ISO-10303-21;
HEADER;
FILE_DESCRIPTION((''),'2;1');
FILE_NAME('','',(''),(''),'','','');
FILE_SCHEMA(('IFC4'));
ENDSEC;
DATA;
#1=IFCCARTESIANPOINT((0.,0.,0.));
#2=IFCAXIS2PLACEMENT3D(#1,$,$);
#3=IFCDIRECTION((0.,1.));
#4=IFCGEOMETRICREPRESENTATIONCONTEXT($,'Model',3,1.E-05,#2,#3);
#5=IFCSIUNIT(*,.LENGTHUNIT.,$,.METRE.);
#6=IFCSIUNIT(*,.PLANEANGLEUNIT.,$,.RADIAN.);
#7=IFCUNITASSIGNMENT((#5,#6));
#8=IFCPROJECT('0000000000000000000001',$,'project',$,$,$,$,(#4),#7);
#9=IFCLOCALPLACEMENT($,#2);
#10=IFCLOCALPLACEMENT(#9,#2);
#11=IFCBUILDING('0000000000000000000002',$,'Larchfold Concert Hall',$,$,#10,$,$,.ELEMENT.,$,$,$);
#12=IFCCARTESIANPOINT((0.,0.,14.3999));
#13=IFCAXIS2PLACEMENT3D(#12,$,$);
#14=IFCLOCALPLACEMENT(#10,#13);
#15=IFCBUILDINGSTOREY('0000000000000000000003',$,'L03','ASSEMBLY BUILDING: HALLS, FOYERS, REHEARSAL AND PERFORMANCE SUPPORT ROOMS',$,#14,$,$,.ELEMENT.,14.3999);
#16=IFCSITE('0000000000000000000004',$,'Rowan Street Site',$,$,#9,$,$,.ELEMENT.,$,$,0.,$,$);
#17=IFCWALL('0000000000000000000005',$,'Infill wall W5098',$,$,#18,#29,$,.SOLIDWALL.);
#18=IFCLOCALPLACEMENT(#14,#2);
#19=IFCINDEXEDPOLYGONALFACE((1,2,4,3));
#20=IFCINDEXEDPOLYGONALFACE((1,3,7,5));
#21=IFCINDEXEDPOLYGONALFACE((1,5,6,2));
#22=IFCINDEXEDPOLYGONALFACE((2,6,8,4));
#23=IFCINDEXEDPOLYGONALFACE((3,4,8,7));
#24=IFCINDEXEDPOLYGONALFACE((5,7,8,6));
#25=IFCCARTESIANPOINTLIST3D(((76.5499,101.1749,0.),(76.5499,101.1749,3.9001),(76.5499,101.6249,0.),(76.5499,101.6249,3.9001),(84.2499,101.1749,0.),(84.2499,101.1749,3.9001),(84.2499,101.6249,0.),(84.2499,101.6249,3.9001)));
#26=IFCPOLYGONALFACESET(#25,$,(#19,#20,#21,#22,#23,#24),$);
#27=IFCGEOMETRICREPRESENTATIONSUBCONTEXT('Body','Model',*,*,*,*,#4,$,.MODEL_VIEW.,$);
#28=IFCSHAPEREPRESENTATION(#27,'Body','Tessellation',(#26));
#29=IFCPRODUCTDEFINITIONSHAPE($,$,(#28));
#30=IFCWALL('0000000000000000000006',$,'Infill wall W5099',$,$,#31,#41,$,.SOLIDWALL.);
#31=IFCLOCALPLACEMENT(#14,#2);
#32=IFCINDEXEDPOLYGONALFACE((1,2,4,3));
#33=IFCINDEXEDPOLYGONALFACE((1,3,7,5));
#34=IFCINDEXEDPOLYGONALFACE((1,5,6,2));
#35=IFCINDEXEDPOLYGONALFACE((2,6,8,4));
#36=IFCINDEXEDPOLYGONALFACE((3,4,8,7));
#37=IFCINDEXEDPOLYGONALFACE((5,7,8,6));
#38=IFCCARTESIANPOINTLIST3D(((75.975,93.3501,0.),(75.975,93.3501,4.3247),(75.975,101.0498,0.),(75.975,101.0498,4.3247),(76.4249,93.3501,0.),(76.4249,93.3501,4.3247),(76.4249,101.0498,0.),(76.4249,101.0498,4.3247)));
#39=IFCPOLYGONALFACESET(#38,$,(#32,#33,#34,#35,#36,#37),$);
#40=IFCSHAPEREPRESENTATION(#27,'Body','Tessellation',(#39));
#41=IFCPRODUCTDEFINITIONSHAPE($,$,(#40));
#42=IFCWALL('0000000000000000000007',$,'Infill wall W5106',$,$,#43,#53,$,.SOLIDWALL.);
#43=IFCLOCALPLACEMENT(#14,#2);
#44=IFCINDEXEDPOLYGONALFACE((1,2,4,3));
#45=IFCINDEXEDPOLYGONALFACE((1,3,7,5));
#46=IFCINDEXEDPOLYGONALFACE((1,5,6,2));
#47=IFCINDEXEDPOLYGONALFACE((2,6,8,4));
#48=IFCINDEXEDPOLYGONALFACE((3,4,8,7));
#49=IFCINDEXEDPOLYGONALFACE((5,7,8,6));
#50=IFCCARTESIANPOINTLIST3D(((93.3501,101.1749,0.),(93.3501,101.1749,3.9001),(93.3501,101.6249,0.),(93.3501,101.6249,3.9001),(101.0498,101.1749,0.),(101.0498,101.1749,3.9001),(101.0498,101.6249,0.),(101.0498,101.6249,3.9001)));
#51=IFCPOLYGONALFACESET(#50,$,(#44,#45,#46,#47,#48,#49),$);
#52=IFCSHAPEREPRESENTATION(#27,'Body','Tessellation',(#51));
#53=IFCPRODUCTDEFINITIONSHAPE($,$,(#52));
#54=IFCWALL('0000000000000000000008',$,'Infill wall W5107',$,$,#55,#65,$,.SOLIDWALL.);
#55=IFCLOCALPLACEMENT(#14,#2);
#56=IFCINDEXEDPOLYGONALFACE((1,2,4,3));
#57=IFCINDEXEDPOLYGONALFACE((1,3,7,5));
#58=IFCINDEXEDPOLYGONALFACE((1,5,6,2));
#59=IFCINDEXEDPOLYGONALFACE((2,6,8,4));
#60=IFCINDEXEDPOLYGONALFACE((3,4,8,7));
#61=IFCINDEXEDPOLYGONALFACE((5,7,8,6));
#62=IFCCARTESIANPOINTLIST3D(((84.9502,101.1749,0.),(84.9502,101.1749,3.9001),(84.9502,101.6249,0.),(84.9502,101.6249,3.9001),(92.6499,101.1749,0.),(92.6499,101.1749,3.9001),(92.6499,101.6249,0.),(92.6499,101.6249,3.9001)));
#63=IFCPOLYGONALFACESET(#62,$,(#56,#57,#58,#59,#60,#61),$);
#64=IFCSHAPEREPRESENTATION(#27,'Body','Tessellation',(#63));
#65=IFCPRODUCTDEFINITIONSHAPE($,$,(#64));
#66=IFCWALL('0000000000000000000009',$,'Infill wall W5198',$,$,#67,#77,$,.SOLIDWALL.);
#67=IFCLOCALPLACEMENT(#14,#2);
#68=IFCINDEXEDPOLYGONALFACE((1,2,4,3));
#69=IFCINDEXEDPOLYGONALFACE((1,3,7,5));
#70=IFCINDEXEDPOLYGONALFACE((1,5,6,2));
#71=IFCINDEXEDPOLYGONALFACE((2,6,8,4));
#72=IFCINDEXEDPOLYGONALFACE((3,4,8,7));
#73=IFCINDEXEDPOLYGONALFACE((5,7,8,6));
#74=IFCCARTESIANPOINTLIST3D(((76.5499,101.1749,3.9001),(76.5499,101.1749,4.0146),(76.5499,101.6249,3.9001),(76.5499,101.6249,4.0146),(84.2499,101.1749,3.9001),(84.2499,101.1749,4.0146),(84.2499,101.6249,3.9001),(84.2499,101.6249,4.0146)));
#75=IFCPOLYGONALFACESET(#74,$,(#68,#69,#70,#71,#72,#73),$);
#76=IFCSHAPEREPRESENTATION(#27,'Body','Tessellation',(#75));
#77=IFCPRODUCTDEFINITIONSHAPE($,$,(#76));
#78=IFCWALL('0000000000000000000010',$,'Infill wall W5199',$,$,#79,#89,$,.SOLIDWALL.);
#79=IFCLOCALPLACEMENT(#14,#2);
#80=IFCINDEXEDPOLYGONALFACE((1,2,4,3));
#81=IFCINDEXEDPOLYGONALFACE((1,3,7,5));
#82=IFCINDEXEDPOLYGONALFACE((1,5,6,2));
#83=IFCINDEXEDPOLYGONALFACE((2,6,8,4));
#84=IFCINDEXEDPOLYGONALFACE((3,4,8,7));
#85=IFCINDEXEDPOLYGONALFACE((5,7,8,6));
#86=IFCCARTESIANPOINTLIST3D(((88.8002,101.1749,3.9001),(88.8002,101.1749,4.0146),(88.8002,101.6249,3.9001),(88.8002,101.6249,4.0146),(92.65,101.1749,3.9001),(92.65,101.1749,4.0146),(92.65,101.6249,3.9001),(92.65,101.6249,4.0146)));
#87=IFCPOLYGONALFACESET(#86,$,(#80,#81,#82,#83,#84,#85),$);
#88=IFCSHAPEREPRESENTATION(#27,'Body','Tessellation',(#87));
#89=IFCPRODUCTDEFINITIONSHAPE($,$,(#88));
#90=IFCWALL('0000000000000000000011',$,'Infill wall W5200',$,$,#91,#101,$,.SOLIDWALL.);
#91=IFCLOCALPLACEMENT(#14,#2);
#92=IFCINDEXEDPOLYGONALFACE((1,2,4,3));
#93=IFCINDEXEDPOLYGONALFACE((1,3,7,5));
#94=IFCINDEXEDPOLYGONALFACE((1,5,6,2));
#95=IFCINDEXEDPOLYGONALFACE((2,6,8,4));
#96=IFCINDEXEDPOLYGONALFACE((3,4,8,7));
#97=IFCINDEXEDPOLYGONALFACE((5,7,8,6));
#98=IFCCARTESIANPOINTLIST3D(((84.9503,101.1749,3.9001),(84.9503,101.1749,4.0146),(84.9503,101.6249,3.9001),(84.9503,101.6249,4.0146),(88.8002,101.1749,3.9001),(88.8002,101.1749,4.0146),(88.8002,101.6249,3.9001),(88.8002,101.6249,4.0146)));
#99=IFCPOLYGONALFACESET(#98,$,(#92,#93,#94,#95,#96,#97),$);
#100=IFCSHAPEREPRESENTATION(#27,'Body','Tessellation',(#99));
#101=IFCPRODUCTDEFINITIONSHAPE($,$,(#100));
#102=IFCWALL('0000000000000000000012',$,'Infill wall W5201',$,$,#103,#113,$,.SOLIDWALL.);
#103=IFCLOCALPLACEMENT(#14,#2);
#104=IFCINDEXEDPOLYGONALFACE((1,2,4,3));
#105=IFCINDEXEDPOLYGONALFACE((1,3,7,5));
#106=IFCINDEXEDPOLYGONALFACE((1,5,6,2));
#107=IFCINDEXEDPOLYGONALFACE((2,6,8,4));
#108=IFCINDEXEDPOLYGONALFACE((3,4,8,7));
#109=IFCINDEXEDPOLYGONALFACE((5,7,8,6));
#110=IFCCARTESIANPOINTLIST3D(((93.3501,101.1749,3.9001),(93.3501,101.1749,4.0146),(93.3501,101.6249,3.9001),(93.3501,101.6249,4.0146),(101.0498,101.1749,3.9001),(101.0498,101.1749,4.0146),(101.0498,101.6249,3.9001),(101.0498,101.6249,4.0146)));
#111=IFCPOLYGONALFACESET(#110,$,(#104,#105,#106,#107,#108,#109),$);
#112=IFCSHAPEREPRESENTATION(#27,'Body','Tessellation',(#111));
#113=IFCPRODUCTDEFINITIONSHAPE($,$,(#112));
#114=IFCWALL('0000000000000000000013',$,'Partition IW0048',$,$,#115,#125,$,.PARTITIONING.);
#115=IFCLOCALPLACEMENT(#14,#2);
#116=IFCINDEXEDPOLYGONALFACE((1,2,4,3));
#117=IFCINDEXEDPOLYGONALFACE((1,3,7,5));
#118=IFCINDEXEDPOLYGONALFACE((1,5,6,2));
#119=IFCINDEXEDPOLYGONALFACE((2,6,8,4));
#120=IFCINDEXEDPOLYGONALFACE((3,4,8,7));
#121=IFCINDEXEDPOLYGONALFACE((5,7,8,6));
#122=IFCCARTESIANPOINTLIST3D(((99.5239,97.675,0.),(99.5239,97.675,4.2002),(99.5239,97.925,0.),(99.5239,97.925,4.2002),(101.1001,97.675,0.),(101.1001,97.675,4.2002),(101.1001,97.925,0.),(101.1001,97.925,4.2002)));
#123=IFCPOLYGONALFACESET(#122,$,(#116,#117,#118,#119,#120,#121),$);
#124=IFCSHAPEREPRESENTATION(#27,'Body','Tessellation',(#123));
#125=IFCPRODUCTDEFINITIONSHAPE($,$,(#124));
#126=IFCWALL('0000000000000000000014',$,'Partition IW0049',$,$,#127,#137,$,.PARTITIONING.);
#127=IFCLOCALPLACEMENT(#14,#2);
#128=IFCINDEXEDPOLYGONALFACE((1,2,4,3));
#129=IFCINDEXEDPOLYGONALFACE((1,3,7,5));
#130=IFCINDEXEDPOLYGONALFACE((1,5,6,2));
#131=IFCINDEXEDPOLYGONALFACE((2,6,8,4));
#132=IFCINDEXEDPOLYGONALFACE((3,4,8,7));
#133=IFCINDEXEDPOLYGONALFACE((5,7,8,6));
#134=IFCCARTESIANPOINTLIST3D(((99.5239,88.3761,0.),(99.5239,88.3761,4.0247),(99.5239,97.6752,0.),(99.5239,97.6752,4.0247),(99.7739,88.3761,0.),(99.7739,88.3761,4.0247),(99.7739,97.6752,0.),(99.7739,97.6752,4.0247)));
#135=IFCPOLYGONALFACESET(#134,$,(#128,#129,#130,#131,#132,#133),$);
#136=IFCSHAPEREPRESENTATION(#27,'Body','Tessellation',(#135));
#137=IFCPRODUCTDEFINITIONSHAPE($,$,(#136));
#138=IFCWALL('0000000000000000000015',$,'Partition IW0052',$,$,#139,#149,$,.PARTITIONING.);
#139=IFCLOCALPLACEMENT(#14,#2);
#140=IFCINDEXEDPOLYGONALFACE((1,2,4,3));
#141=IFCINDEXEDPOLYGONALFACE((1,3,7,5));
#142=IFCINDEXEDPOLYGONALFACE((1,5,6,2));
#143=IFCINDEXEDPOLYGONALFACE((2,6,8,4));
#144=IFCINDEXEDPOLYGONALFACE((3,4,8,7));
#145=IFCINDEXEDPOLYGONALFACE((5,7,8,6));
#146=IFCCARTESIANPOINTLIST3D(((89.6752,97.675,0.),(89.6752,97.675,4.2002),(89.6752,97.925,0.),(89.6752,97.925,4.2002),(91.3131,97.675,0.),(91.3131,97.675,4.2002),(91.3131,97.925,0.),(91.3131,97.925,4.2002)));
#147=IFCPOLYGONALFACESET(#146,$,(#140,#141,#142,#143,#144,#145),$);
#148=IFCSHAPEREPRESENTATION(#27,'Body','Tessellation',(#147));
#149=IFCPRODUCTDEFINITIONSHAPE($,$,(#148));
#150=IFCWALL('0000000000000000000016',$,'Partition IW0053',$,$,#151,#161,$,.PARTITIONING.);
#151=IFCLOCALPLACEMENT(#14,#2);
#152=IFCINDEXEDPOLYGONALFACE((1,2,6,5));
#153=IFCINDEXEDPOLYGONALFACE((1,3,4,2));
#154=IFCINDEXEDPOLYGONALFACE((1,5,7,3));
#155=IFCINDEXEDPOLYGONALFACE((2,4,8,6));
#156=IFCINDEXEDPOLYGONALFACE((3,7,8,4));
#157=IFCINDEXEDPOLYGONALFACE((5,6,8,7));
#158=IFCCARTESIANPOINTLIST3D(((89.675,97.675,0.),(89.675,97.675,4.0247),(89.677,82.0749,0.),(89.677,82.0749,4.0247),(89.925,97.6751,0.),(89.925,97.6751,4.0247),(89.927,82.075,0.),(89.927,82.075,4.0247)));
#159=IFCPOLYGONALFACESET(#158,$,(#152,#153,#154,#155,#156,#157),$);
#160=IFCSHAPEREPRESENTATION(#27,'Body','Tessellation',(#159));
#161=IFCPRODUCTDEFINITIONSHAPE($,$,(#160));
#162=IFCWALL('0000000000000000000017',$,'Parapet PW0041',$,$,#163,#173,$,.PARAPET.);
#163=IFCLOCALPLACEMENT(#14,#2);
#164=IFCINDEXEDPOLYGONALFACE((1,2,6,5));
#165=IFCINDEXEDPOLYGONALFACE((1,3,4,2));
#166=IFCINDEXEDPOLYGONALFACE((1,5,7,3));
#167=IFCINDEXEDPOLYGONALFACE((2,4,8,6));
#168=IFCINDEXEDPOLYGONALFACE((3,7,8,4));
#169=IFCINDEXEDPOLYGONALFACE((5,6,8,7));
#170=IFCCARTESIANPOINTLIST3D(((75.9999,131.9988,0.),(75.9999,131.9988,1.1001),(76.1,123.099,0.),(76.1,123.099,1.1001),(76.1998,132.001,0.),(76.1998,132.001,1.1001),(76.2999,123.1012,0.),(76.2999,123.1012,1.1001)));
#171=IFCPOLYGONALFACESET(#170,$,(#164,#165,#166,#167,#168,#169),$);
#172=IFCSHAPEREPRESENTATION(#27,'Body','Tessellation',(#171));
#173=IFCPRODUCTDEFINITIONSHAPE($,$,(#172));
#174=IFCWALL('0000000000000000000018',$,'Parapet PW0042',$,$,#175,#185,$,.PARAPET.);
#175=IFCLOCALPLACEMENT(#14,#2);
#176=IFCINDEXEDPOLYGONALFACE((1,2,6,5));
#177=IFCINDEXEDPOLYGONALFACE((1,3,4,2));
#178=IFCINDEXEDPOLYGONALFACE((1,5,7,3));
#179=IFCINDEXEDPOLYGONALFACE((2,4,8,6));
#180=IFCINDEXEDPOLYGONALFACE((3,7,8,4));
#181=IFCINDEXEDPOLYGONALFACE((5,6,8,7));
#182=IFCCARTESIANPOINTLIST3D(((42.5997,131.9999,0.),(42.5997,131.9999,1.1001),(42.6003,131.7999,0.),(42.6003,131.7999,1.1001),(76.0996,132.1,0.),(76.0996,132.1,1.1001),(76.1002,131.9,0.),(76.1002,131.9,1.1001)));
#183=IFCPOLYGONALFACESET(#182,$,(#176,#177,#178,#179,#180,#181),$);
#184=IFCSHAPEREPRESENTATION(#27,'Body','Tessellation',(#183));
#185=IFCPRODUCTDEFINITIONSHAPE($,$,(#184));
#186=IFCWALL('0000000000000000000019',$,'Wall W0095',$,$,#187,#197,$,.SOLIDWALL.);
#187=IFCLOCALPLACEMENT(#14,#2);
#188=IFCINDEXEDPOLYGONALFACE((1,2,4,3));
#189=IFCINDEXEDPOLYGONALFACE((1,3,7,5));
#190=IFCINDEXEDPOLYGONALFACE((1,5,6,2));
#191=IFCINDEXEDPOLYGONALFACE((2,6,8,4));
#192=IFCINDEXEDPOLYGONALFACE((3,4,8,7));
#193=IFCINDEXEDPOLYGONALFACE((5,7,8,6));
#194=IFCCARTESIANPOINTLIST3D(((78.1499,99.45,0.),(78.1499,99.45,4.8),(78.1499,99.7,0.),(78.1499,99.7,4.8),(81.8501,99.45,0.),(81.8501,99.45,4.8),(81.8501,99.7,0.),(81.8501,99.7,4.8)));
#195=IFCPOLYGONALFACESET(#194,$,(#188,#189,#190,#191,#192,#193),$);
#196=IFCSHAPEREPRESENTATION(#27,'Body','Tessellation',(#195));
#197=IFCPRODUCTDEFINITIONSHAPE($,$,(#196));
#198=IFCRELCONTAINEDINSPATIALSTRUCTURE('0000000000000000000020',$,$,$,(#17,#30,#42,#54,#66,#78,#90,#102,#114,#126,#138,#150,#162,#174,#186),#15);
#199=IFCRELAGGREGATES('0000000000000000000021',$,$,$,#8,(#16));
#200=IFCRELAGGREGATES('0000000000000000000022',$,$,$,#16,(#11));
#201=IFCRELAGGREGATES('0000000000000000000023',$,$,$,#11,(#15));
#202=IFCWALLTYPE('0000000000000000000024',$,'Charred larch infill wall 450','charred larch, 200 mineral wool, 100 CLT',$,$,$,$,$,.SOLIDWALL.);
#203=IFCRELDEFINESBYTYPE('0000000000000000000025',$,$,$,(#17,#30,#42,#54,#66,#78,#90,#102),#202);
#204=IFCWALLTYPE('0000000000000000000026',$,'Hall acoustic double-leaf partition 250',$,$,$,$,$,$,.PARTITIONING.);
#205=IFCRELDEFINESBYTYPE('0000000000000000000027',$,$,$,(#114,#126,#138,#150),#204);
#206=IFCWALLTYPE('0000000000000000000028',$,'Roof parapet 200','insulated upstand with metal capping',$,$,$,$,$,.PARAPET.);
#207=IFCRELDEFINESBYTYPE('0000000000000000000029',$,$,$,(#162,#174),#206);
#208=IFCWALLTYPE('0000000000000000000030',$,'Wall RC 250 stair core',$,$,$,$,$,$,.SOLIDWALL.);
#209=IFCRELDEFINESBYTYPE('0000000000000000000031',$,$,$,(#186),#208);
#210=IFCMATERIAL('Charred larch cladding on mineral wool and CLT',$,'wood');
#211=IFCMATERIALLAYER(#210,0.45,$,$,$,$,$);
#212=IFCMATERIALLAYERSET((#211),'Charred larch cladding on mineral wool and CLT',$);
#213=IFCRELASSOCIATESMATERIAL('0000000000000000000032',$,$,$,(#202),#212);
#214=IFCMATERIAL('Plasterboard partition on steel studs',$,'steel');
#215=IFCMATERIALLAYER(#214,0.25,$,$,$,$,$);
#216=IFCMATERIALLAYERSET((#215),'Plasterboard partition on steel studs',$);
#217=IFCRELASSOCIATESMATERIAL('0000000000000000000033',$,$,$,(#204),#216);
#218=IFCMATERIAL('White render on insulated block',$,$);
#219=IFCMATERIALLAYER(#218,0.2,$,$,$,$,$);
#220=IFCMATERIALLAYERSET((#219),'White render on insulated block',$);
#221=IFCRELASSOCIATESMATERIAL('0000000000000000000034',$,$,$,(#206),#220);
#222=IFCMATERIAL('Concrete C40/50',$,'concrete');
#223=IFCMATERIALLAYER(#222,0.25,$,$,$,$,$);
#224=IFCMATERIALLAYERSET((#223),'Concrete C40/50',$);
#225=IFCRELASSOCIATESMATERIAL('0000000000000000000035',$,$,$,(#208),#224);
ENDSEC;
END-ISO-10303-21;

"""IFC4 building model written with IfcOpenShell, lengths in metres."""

from ifc_helpers import new_model, si_unit, direction, frame, frame_2d, origin, place, context, subcontext, project, spatial, rectangle, extrude, material, layer, layer_set, type_object, element, save


model = new_model("IFC4")

# Units and contexts
model_context = context("Model", 3, precision=1e-05, world=origin(), true_north=direction((0.0, 1.0)))
body_context = subcontext(model_context, "Body", "Model", "MODEL_VIEW")
ifc_project = project(units=[si_unit("LENGTHUNIT", "METRE"), si_unit("PLANEANGLEUNIT", "RADIAN")], contexts=[model_context])

# Site, building, storey
site_placement = place(None, origin())
site = spatial("IfcSite", under=ifc_project, at=site_placement, Name="Rowan Street Site", CompositionType="ELEMENT", RefElevation=0.0)
building_placement = place(site_placement, origin())
building = spatial("IfcBuilding", under=site, at=building_placement, Name="Larchfold Concert Hall", CompositionType="ELEMENT")
storey_placement = place(building_placement, frame((0.0, 0.0, 14.3999)))
storey = spatial("IfcBuildingStorey", under=building, at=storey_placement, Name="L03", Description="ASSEMBLY BUILDING: HALLS, FOYERS, REHEARSAL AND PERFORMANCE SUPPORT ROOMS", CompositionType="ELEMENT", Elevation=14.3999)

# Walls
ifc_material_1 = material(Name="Charred larch cladding on mineral wool and CLT", Category="wood")
ifc_layer_1 = layer(ifc_material_1, 0.45)
ifc_layer_set_1 = layer_set([ifc_layer_1], Name="Charred larch cladding on mineral wool and CLT")
wall_type_1 = type_object("IfcWallType", Name="Charred larch infill wall 450", Description="charred larch, 200 mineral wool, 100 CLT", PredefinedType="SOLIDWALL", material=ifc_layer_set_1)
wall_1_placement = place(storey_placement, frame((84.25, 101.3999, 0.0), z_axis=(0.0, 0.0, 1.0), x_axis=(-1.0, 0.0, 0.0)))
element("IfcWall", 1, at=wall_1_placement, inside=storey, type_object=wall_type_1, Name="Infill wall W5098", PredefinedType="SOLIDWALL", context=body_context, shape_type="SweptSolid", body=[
    extrude(rectangle(XDim=7.7, YDim=0.45, at=frame_2d((3.8501, 0.0))), origin(), (0.0, 0.0, 1.0), 3.9001),
])
wall_2_placement = place(storey_placement, frame((76.2, 101.0498, 0.0), z_axis=(0.0, 0.0, 1.0), x_axis=(0.0, -1.0, 0.0)))
element("IfcWall", 2, at=wall_2_placement, inside=storey, type_object=wall_type_1, Name="Infill wall W5099", PredefinedType="SOLIDWALL", context=body_context, shape_type="SweptSolid", body=[
    extrude(rectangle(XDim=7.6997, YDim=0.45, at=frame_2d((3.8499, 0.0))), origin(), (0.0, 0.0, 1.0), 4.3247),
])
for number, where, z_axis, x_axis, name in (
    (3, (101.0498, 101.3999, 0.0), (0.0, 0.0, 1.0), (-1.0, 0.0, 0.0), "Infill wall W5106"),
    (4, (92.6499, 101.3999, 0.0), (0.0, 0.0, 1.0), (-1.0, 0.0, 0.0), "Infill wall W5107"),
):
    element("IfcWall", number, at=place(storey_placement, frame(where, z_axis=z_axis, x_axis=x_axis)), inside=storey, type_object=wall_type_1, Name=name, PredefinedType="SOLIDWALL", context=body_context, shape_type="SweptSolid", body=[
        extrude(rectangle(XDim=7.6997, YDim=0.45, at=frame_2d((3.8499, 0.0))), origin(), (0.0, 0.0, 1.0), 3.9001),
    ])
wall_3_placement = place(storey_placement, frame((84.25, 101.3999, 3.9001), z_axis=(0.0, 0.0, 1.0), x_axis=(-1.0, 0.0, 0.0)))
element("IfcWall", 5, at=wall_3_placement, inside=storey, type_object=wall_type_1, Name="Infill wall W5198", PredefinedType="SOLIDWALL", context=body_context, shape_type="SweptSolid", body=[
    extrude(rectangle(XDim=7.7, YDim=0.45, at=frame_2d((3.8501, 0.0))), origin(), (0.0, 0.0, 1.0), 0.1145),
])
for number, where, z_axis, x_axis, name in (
    (6, (92.6499, 101.3999, 3.9001), (0.0, 0.0, 1.0), (-1.0, 0.0, 0.0), "Infill wall W5199"),
    (7, (88.8, 101.3999, 3.9001), (0.0, 0.0, 1.0), (-1.0, 0.0, 0.0), "Infill wall W5200"),
):
    element("IfcWall", number, at=place(storey_placement, frame(where, z_axis=z_axis, x_axis=x_axis)), inside=storey, type_object=wall_type_1, Name=name, PredefinedType="SOLIDWALL", context=body_context, shape_type="SweptSolid", body=[
        extrude(rectangle(XDim=3.8499, YDim=0.45, at=frame_2d((1.9248, 0.0))), origin(), (0.0, 0.0, 1.0), 0.1145),
    ])
wall_4_placement = place(storey_placement, frame((101.0498, 101.3999, 3.9001), z_axis=(0.0, 0.0, 1.0), x_axis=(-1.0, 0.0, 0.0)))
element("IfcWall", 8, at=wall_4_placement, inside=storey, type_object=wall_type_1, Name="Infill wall W5201", PredefinedType="SOLIDWALL", context=body_context, shape_type="SweptSolid", body=[
    extrude(rectangle(XDim=7.6997, YDim=0.45, at=frame_2d((3.8499, 0.0))), origin(), (0.0, 0.0, 1.0), 0.1145),
])
ifc_material_2 = material(Name="Plasterboard partition on steel studs", Category="steel")
ifc_layer_2 = layer(ifc_material_2, 0.25)
ifc_layer_set_2 = layer_set([ifc_layer_2], Name="Plasterboard partition on steel studs")
wall_type_2 = type_object("IfcWallType", Name="Hall acoustic double-leaf partition 250", PredefinedType="PARTITIONING", material=ifc_layer_set_2)
wall_5_placement = place(storey_placement, frame((101.1001, 97.8, 0.0), z_axis=(0.0, 0.0, 1.0), x_axis=(-1.0, 0.0, 0.0)))
element("IfcWall", 9, at=wall_5_placement, inside=storey, type_object=wall_type_2, Name="Partition IW0048", PredefinedType="PARTITIONING", context=body_context, shape_type="SweptSolid", body=[
    extrude(rectangle(XDim=1.5762, YDim=0.25, at=frame_2d((0.7881, 0.0))), origin(), (0.0, 0.0, 1.0), 4.2002),
])
wall_6_placement = place(storey_placement, frame((99.6489, 97.675, 0.0), z_axis=(0.0, 0.0, 1.0), x_axis=(0.0, -1.0, 0.0)))
element("IfcWall", 10, at=wall_6_placement, inside=storey, type_object=wall_type_2, Name="Partition IW0049", PredefinedType="PARTITIONING", context=body_context, shape_type="SweptSolid", body=[
    extrude(rectangle(XDim=9.2991, YDim=0.25, at=frame_2d((4.6494, 0.0))), origin(), (0.0, 0.0, 1.0), 4.0247),
])
wall_7_placement = place(storey_placement, frame((91.313, 97.8, 0.0), z_axis=(0.0, 0.0, 1.0), x_axis=(-1.0, 0.0, 0.0)))
element("IfcWall", 11, at=wall_7_placement, inside=storey, type_object=wall_type_2, Name="Partition IW0052", PredefinedType="PARTITIONING", context=body_context, shape_type="SweptSolid", body=[
    extrude(rectangle(XDim=1.6379, YDim=0.25, at=frame_2d((0.8188, 0.0))), origin(), (0.0, 0.0, 1.0), 4.2002),
])
wall_8_placement = place(storey_placement, frame((89.8, 97.675, 0.0), z_axis=(0.0, 0.0, 1.0), x_axis=(0.000125, -1.0, 0.0)))
element("IfcWall", 12, at=wall_8_placement, inside=storey, type_object=wall_type_2, Name="Partition IW0053", PredefinedType="PARTITIONING", context=body_context, shape_type="SweptSolid", body=[
    extrude(rectangle(XDim=15.6001, YDim=0.25, at=frame_2d((7.8, 0.0))), origin(), (0.0, 0.0, 1.0), 4.0247),
])
ifc_material_3 = material(Name="White render on insulated block")
ifc_layer_3 = layer(ifc_material_3, 0.2)
ifc_layer_set_3 = layer_set([ifc_layer_3], Name="White render on insulated block")
wall_type_3 = type_object("IfcWallType", Name="Roof parapet 200", Description="insulated upstand with metal capping", PredefinedType="PARAPET", material=ifc_layer_set_3)
wall_9_placement = place(storey_placement, frame((76.2, 123.1001, 0.0), z_axis=(0.0, 0.0, 1.0), x_axis=(-0.011246, 0.999937, 0.0)))
element("IfcWall", 13, at=wall_9_placement, inside=storey, type_object=wall_type_3, Name="Parapet PW0041", PredefinedType="PARAPET", context=body_context, shape_type="SweptSolid", body=[
    extrude(rectangle(XDim=8.9004, YDim=0.2, at=frame_2d((4.4502, 0.0))), origin(), (0.0, 0.0, 1.0), 1.1001),
])
wall_10_placement = place(storey_placement, frame((76.0999, 132.0, 0.0), z_axis=(0.0, 0.0, 1.0), x_axis=(-0.999996, -0.002988, 0.0)))
element("IfcWall", 14, at=wall_10_placement, inside=storey, type_object=wall_type_3, Name="Parapet PW0042", PredefinedType="PARAPET", context=body_context, shape_type="SweptSolid", body=[
    extrude(rectangle(XDim=33.5, YDim=0.2, at=frame_2d((16.75, 0.0))), origin(), (0.0, 0.0, 1.0), 1.1001),
])
ifc_material_4 = material(Name="Concrete C40/50", Category="concrete")
ifc_layer_4 = layer(ifc_material_4, 0.25)
ifc_layer_set_4 = layer_set([ifc_layer_4], Name="Concrete C40/50")
wall_type_4 = type_object("IfcWallType", Name="Wall RC 250 stair core", PredefinedType="SOLIDWALL", material=ifc_layer_set_4)
for number, where, z_axis, x_axis, name in (
    (15, (78.1499, 99.575, 0.0), (0.0, 0.0, 1.0), (1.0, 0.0, 0.0), "Wall W0095"),
):
    element("IfcWall", number, at=place(storey_placement, frame(where, z_axis=z_axis, x_axis=x_axis)), inside=storey, type_object=wall_type_4, Name=name, PredefinedType="SOLIDWALL", context=body_context, shape_type="SweptSolid", body=[
        extrude(rectangle(XDim=3.7002, YDim=0.25, at=frame_2d((1.8501, 0.0))), origin(), (0.0, 0.0, 1.0), 4.8),
    ])

save(model, "model.ifc")
